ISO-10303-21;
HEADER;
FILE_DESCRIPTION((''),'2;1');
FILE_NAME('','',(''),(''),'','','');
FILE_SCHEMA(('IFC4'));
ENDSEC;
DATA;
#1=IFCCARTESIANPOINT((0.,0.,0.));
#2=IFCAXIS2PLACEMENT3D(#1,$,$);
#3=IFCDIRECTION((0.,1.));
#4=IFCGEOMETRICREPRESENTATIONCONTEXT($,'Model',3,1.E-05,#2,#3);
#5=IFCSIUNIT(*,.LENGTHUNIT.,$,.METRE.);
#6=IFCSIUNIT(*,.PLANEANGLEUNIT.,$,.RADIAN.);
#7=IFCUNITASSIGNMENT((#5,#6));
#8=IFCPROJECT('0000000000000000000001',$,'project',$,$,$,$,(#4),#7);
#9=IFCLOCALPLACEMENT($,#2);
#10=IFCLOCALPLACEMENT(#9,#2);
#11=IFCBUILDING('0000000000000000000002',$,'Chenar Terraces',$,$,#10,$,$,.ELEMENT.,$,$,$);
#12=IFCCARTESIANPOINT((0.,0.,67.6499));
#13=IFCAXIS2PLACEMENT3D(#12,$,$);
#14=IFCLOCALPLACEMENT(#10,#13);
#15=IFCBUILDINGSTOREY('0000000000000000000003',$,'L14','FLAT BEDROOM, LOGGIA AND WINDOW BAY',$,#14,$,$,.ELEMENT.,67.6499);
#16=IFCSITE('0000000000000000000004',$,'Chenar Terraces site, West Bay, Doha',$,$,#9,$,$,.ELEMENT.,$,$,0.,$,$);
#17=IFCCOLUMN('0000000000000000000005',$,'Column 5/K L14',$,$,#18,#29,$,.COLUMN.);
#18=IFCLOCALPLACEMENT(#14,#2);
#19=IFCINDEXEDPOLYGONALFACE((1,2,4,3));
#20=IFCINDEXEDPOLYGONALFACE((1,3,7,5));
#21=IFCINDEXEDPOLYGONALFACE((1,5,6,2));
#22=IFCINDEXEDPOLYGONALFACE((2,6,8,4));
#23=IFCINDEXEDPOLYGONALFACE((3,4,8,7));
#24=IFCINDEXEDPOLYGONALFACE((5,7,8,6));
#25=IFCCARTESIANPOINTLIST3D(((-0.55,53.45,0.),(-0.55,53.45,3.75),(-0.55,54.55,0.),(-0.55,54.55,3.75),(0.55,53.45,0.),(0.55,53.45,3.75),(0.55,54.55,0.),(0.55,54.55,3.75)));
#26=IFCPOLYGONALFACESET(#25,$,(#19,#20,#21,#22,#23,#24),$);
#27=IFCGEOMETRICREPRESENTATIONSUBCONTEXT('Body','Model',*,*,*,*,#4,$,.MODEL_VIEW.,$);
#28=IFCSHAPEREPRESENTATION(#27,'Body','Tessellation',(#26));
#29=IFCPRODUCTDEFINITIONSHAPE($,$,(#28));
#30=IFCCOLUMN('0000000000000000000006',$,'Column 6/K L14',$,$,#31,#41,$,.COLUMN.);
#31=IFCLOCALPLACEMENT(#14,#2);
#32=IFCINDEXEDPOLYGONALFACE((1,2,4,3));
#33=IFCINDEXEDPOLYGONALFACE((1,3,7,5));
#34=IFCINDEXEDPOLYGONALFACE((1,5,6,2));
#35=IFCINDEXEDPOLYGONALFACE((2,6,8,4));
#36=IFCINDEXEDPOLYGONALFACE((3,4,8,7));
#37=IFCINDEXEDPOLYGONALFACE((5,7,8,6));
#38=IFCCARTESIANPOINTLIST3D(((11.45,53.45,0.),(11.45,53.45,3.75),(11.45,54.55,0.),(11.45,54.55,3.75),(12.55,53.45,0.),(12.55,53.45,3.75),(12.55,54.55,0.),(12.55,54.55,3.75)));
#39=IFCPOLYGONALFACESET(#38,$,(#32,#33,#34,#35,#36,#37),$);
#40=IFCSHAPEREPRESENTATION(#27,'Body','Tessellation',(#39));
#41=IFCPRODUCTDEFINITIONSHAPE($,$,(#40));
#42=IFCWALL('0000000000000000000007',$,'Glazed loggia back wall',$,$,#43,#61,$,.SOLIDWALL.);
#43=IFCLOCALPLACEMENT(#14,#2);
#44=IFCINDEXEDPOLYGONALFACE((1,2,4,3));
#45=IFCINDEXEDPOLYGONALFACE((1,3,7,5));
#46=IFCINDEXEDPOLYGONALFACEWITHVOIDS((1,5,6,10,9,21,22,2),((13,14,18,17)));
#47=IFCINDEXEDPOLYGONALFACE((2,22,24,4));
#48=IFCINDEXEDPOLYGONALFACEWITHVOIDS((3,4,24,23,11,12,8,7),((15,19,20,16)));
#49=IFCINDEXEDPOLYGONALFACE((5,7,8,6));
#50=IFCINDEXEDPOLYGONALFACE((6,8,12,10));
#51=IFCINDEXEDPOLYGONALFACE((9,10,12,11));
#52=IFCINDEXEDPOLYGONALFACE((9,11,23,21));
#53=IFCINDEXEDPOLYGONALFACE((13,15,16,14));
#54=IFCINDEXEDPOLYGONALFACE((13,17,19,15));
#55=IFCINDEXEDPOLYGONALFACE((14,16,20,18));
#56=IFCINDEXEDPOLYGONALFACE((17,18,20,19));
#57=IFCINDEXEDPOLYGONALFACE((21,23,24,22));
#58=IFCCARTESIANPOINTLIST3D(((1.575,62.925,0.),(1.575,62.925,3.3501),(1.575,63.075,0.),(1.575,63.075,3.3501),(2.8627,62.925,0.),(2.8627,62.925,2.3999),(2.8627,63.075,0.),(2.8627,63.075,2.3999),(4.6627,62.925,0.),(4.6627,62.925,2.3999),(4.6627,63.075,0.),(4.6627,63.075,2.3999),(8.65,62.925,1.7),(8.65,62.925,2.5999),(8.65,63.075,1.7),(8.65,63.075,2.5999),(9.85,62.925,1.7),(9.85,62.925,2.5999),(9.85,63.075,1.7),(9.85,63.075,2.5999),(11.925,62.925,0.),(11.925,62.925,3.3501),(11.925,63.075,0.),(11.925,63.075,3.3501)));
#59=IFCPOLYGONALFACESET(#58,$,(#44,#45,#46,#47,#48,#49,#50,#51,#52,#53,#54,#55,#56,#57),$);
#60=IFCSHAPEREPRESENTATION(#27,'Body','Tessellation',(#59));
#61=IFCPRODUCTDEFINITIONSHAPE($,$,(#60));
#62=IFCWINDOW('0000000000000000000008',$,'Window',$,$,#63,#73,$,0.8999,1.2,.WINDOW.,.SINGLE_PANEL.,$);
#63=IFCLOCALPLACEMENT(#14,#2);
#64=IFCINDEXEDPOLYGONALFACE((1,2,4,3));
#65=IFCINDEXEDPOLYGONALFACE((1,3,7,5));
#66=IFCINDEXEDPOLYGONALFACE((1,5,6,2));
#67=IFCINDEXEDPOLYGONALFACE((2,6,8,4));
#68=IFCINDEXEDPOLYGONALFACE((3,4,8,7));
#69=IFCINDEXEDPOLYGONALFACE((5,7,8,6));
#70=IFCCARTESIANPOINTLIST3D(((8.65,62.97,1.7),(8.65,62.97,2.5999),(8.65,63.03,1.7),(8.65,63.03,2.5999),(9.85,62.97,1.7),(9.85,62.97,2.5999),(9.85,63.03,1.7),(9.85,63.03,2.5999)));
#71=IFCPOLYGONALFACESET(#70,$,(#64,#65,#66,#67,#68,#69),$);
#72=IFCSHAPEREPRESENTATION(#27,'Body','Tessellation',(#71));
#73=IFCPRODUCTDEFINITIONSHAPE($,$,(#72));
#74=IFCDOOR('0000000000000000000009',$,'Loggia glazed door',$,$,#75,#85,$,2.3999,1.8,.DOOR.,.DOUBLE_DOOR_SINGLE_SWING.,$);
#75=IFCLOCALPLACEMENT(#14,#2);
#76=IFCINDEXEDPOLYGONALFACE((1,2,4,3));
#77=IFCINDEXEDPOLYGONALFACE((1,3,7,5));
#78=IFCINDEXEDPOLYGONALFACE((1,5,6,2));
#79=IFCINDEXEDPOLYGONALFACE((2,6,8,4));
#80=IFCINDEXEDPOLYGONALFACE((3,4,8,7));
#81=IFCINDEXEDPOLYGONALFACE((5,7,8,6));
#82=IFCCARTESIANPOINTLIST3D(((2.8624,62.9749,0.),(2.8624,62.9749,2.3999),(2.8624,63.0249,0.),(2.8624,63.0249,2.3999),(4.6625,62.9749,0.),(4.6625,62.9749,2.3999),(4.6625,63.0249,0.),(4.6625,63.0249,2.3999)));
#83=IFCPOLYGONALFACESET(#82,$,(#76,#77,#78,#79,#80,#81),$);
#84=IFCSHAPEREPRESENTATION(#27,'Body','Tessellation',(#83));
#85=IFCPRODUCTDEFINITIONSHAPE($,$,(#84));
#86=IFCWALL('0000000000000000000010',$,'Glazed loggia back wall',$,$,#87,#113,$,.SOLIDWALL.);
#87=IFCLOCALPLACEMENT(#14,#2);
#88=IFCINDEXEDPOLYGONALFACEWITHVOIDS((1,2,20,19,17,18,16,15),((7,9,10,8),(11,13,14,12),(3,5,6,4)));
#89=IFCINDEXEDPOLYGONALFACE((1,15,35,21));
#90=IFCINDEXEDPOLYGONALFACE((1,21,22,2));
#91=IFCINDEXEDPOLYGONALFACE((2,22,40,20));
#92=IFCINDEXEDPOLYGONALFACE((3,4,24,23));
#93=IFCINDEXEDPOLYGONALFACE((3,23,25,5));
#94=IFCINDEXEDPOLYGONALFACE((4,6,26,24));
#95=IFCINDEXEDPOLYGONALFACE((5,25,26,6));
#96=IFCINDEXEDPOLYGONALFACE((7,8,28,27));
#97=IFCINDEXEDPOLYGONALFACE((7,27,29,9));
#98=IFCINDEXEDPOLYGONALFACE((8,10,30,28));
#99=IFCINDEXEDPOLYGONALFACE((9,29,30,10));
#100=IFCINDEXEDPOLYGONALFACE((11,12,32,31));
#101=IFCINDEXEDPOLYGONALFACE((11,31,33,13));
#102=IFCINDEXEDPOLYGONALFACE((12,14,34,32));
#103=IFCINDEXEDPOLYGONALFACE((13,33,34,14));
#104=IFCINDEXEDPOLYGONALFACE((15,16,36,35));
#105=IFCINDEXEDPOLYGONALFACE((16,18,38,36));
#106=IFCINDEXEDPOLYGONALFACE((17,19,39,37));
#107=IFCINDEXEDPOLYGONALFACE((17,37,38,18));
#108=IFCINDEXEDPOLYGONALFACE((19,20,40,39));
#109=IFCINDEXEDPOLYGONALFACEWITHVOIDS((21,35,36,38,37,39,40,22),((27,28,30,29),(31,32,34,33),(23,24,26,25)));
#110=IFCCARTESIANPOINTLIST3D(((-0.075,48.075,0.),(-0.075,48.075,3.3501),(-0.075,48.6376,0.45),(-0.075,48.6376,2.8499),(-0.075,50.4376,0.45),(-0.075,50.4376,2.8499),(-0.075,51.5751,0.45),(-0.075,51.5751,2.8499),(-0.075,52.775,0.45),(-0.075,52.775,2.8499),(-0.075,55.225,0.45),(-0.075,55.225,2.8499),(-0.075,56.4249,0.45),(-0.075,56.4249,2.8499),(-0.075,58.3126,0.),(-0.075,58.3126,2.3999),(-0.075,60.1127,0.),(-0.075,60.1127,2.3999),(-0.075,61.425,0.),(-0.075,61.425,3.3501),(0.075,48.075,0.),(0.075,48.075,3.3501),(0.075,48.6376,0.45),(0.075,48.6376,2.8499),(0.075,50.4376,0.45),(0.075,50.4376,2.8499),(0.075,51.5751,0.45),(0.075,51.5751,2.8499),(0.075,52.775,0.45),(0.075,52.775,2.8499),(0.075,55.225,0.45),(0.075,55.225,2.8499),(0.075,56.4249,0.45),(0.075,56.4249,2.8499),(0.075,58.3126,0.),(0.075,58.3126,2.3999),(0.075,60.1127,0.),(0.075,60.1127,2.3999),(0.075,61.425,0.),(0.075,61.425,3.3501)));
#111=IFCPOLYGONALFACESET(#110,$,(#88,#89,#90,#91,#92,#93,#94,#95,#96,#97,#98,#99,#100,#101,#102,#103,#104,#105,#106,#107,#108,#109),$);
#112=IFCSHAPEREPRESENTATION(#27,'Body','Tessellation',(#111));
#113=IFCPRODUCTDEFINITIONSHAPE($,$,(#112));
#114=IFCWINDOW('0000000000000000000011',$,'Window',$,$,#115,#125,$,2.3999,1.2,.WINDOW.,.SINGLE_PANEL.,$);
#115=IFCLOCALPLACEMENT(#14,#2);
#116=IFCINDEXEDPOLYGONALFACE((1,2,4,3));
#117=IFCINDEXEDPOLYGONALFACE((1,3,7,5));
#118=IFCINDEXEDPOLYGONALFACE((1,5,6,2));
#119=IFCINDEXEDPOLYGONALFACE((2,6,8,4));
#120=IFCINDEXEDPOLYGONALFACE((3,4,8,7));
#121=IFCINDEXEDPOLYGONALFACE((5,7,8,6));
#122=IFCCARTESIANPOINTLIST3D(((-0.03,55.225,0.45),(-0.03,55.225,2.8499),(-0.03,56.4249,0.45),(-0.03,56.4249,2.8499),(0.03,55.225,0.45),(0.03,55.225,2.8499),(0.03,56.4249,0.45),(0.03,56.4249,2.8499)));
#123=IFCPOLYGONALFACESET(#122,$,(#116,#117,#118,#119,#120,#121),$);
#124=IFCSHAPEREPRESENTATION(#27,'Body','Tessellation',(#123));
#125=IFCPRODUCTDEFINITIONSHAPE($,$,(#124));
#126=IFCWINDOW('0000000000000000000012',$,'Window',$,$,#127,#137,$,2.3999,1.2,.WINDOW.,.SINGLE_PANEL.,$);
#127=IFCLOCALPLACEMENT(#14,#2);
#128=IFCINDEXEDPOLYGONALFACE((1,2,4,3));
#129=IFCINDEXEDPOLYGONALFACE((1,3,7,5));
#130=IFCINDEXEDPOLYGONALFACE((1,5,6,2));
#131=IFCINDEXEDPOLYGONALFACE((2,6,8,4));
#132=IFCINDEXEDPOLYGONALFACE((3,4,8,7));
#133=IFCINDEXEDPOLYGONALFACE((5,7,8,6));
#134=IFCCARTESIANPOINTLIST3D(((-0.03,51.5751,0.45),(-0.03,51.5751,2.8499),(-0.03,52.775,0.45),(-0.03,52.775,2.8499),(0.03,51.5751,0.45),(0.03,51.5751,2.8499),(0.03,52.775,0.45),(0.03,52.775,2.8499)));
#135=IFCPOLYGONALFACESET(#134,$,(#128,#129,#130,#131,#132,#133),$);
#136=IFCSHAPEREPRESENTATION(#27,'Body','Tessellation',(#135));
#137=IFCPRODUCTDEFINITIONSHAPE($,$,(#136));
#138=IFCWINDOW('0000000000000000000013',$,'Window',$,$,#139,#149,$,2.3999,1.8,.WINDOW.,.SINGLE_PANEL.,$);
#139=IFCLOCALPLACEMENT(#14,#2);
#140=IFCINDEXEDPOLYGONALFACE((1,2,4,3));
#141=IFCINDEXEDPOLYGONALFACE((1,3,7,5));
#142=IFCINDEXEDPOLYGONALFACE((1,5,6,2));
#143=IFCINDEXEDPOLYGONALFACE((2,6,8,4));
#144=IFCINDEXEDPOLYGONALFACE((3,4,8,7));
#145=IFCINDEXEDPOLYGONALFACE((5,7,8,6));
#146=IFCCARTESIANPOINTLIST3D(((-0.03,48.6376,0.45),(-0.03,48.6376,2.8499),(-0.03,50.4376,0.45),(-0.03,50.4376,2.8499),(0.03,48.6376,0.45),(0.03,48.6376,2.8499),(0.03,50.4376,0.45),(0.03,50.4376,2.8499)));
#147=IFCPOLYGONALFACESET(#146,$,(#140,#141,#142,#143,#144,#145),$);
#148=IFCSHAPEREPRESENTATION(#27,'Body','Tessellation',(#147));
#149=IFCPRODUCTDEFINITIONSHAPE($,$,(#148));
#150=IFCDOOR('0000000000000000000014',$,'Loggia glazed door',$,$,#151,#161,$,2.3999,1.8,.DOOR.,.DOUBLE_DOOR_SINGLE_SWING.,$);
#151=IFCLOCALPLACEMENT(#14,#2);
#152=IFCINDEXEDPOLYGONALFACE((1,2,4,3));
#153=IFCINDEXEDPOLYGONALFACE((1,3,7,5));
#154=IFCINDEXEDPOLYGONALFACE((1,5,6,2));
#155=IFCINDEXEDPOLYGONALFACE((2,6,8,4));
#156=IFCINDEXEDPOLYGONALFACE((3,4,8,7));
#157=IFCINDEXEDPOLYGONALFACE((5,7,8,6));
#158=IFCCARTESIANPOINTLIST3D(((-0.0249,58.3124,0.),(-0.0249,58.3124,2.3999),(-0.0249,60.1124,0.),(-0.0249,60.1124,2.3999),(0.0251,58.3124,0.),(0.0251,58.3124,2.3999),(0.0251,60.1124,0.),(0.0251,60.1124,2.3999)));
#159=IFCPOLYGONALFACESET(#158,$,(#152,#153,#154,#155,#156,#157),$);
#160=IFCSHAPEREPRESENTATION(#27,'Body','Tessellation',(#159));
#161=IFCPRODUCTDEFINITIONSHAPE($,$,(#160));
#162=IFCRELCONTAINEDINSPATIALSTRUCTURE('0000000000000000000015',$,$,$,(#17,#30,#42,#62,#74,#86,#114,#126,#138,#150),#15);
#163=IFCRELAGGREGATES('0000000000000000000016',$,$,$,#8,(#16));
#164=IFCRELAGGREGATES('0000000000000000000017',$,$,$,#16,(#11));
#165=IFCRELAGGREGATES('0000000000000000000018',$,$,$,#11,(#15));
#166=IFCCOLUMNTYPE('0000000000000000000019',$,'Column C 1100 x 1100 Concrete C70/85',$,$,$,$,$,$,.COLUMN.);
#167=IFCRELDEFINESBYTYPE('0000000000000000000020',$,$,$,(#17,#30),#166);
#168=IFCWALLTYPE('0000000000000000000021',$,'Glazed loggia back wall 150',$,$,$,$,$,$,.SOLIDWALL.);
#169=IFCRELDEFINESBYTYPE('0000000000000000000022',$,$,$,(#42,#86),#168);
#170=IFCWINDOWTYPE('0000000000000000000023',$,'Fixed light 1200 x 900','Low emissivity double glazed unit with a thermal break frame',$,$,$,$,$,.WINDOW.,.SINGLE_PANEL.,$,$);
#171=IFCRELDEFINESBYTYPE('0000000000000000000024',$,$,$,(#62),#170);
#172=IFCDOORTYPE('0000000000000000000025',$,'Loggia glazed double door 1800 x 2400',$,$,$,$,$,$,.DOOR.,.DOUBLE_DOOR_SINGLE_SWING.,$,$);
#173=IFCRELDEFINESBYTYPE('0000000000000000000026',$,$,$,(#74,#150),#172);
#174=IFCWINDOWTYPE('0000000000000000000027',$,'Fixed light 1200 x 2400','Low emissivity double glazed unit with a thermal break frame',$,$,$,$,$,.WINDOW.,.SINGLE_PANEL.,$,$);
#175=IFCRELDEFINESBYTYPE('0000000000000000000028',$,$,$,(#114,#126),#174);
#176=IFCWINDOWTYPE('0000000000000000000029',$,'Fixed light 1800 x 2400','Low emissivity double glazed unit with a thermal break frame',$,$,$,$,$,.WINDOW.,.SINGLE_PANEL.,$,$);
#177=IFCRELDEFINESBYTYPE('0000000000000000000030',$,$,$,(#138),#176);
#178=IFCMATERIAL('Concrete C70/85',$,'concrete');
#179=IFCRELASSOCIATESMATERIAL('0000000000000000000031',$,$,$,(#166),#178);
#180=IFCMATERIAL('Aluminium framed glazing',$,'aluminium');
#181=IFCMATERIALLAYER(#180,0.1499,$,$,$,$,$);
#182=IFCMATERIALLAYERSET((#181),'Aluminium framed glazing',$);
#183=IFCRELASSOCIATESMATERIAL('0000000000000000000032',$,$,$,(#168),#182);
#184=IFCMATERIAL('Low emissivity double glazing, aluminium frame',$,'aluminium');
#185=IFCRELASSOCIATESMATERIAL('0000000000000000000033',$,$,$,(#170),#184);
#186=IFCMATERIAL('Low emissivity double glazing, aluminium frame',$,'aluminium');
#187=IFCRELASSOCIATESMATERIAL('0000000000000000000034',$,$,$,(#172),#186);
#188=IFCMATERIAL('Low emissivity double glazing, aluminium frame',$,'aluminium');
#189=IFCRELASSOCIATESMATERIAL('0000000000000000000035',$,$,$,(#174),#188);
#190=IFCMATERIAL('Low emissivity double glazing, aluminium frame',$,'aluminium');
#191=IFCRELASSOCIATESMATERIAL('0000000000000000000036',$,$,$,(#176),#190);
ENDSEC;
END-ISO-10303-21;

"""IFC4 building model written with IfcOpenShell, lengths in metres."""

from ifc_helpers import new_model, si_unit, direction, frame, frame_2d, origin, origin_2d, place, context, subcontext, project, spatial, rectangle, extrude, material, layer, layer_set, material_profile, profile_set, type_object, element, fill, save


model = new_model("IFC4")

# Units and contexts
model_context = context("Model", 3, precision=1e-05, world=origin(), true_north=direction((0.0, 1.0)))
body_context = subcontext(model_context, "Body", "Model", "MODEL_VIEW")
ifc_project = project(units=[si_unit("LENGTHUNIT", "METRE"), si_unit("PLANEANGLEUNIT", "RADIAN")], contexts=[model_context])

# Site, building, storey
site_placement = place(None, origin())
site = spatial("IfcSite", under=ifc_project, at=site_placement, Name="Chenar Terraces site, West Bay, Doha", CompositionType="ELEMENT", RefElevation=0.0)
building_placement = place(site_placement, origin())
building = spatial("IfcBuilding", under=site, at=building_placement, Name="Chenar Terraces", CompositionType="ELEMENT")
storey_placement = place(building_placement, frame((0.0, 0.0, 67.6499)))
storey = spatial("IfcBuildingStorey", under=building, at=storey_placement, Name="L14", Description="FLAT BEDROOM, LOGGIA AND WINDOW BAY", CompositionType="ELEMENT", Elevation=67.6499)

# Columns
ifc_material_1 = material(Name="Concrete C70/85", Category="concrete")
ifc_material_profile = material_profile(ifc_material_1, rectangle(XDim=1.1001, YDim=1.1001, at=origin_2d()), Name="C 1100 x 1100")
ifc_profile_set = profile_set([ifc_material_profile], Name="Concrete C70/85")
column_type = type_object("IfcColumnType", Name="Column C 1100 x 1100 Concrete C70/85", PredefinedType="COLUMN", material=ifc_profile_set)
for number, where, z_axis, x_axis, name in (
    (1, (0.0, 54.0, 0.0), (0.0, 0.0, 1.0), (1.0, 0.0, 0.0), "Column 5/K L14"),
    (2, (12.0, 54.0, 0.0), (0.0, 0.0, 1.0), (1.0, 0.0, 0.0), "Column 6/K L14"),
):
    element("IfcColumn", number, at=place(storey_placement, frame(where, z_axis=z_axis, x_axis=x_axis)), inside=storey, type_object=column_type, Name=name, PredefinedType="COLUMN", context=body_context, shape_type="SweptSolid", body=[
        extrude(rectangle(XDim=1.1001, YDim=1.1001, at=origin_2d()), origin(), (0.0, 0.0, 1.0), 3.75),
    ])

# Wall, openings, window, door
ifc_material_2 = material(Name="Aluminium framed glazing", Category="aluminium")
ifc_layer_1 = layer(ifc_material_2, 0.1499)
ifc_layer_set_1 = layer_set([ifc_layer_1], Name="Aluminium framed glazing")
wall_type_1 = type_object("IfcWallType", Name="Glazed loggia back wall 150", PredefinedType="SOLIDWALL", material=ifc_layer_set_1)
wall_1_placement = place(storey_placement, frame((11.925, 63.0, 0.0), z_axis=(0.0, 0.0, 1.0), x_axis=(-1.0, 0.0, 0.0)))
wall_1 = element("IfcWall", 3, at=wall_1_placement, inside=storey, type_object=wall_type_1, Name="Glazed loggia back wall", PredefinedType="SOLIDWALL", context=body_context, shape_type="SweptSolid", body=[
    extrude(rectangle(XDim=10.3501, YDim=0.1499, at=frame_2d((5.175, 0.0))), origin(), (0.0, 0.0, 1.0), 3.3501),
])
opening_1_placement = place(wall_1_placement, frame((2.075, 0.0, 1.7)))
opening_1 = element("IfcOpeningElement", 4, at=opening_1_placement, cuts=wall_1, PredefinedType="OPENING", context=body_context, shape_type="SweptSolid", body=[
    extrude(rectangle(XDim=1.2, YDim=0.8999, at=frame_2d((0.6001, 0.45))), frame((0.0, 0.085, 0.0), z_axis=(0.0, -1.0, 0.0), x_axis=(1.0, 0.0, 0.0)), (0.0, 0.0, 1.0), 0.1699),
])
opening_2_placement = place(wall_1_placement, frame((7.2625, 0.0, 0.0)))
opening_2 = element("IfcOpeningElement", 5, at=opening_2_placement, cuts=wall_1, PredefinedType="OPENING", context=body_context, shape_type="SweptSolid", body=[
    extrude(rectangle(XDim=1.8, YDim=2.3999, at=frame_2d((0.8999, 1.2))), frame((0.0, 0.085, 0.0), z_axis=(0.0, -1.0, 0.0), x_axis=(1.0, 0.0, 0.0)), (0.0, 0.0, 1.0), 0.1699),
])
ifc_material_3 = material(Name="Low emissivity double glazing, aluminium frame", Category="aluminium")
window_type_1 = type_object("IfcWindowType", Name="Fixed light 1200 x 900", Description="Low emissivity double glazed unit with a thermal break frame", PartitioningType="SINGLE_PANEL", PredefinedType="WINDOW", material=ifc_material_3)
window_1_placement = place(opening_1_placement, origin())
window_1 = element("IfcWindow", 6, at=window_1_placement, inside=storey, type_object=window_type_1, Name="Window", OverallHeight=0.8999, OverallWidth=1.2, PartitioningType="SINGLE_PANEL", PredefinedType="WINDOW", context=body_context, shape_type="SweptSolid", body=[
    extrude(rectangle(XDim=1.2, YDim=0.8999, at=frame_2d((0.6001, 0.45))), frame((0.0, 0.03, 0.0), z_axis=(0.0, -1.0, 0.0), x_axis=(1.0, 0.0, 0.0)), (0.0, 0.0, 1.0), 0.0601),
])
fill(opening_1, window_1)
ifc_material_4 = material(Name="Low emissivity double glazing, aluminium frame", Category="aluminium")
door_type_1 = type_object("IfcDoorType", Name="Loggia glazed double door 1800 x 2400", OperationType="DOUBLE_DOOR_SINGLE_SWING", PredefinedType="DOOR", material=ifc_material_4)
door_1_placement = place(opening_2_placement, frame((1.8, 0.0, 0.0), z_axis=(0.0, 0.0, 1.0), x_axis=(-1.0, 0.0, 0.0)))
door_1 = element("IfcDoor", 7, at=door_1_placement, inside=storey, type_object=door_type_1, Name="Loggia glazed door", OperationType="DOUBLE_DOOR_SINGLE_SWING", OverallHeight=2.3999, OverallWidth=1.8, PredefinedType="DOOR", context=body_context, shape_type="SweptSolid", body=[
    extrude(rectangle(XDim=1.8, YDim=2.3999, at=frame_2d((0.8999, 1.2))), frame((0.0, 0.0249, 0.0), z_axis=(0.0, -1.0, 0.0), x_axis=(1.0, 0.0, 0.0)), (0.0, 0.0, 1.0), 0.05),
])
fill(opening_2, door_1)

# Wall, openings, windows, door
wall_2_placement = place(storey_placement, frame((0.0, 61.425, 0.0), z_axis=(0.0, 0.0, 1.0), x_axis=(0.0, -1.0, 0.0)))
wall_2 = element("IfcWall", 8, at=wall_2_placement, inside=storey, type_object=wall_type_1, Name="Glazed loggia back wall", PredefinedType="SOLIDWALL", context=body_context, shape_type="SweptSolid", body=[
    extrude(rectangle(XDim=13.3501, YDim=0.1499, at=frame_2d((6.675, 0.0))), origin(), (0.0, 0.0, 1.0), 3.3501),
])
opening_3_placement = place(wall_2_placement, frame((1.3125, 0.0, 0.0)))
opening_3 = element("IfcOpeningElement", 9, at=opening_3_placement, cuts=wall_2, PredefinedType="OPENING", context=body_context, shape_type="SweptSolid", body=[
    extrude(rectangle(XDim=1.8, YDim=2.3999, at=frame_2d((0.8999, 1.2))), frame((0.0, 0.085, 0.0), z_axis=(0.0, -1.0, 0.0), x_axis=(1.0, 0.0, 0.0)), (0.0, 0.0, 1.0), 0.1699),
])
opening_4_placement = place(wall_2_placement, frame((5.0, 0.0, 0.45)))
opening_4 = element("IfcOpeningElement", 10, at=opening_4_placement, cuts=wall_2, PredefinedType="OPENING", context=body_context, shape_type="SweptSolid", body=[
    extrude(rectangle(XDim=1.2, YDim=2.3999, at=frame_2d((0.6001, 1.2))), frame((0.0, 0.085, 0.0), z_axis=(0.0, -1.0, 0.0), x_axis=(1.0, 0.0, 0.0)), (0.0, 0.0, 1.0), 0.1699),
])
opening_5_placement = place(wall_2_placement, frame((8.6499, 0.0, 0.45)))
opening_5 = element("IfcOpeningElement", 11, at=opening_5_placement, cuts=wall_2, PredefinedType="OPENING", context=body_context, shape_type="SweptSolid", body=[
    extrude(rectangle(XDim=1.2, YDim=2.3999, at=frame_2d((0.6001, 1.2))), frame((0.0, 0.085, 0.0), z_axis=(0.0, -1.0, 0.0), x_axis=(1.0, 0.0, 0.0)), (0.0, 0.0, 1.0), 0.1699),
])
opening_6_placement = place(wall_2_placement, frame((10.9875, 0.0, 0.45)))
opening_6 = element("IfcOpeningElement", 12, at=opening_6_placement, cuts=wall_2, PredefinedType="OPENING", context=body_context, shape_type="SweptSolid", body=[
    extrude(rectangle(XDim=1.8, YDim=2.3999, at=frame_2d((0.8999, 1.2))), frame((0.0, 0.085, 0.0), z_axis=(0.0, -1.0, 0.0), x_axis=(1.0, 0.0, 0.0)), (0.0, 0.0, 1.0), 0.1699),
])
ifc_material_5 = material(Name="Low emissivity double glazing, aluminium frame", Category="aluminium")
window_type_2 = type_object("IfcWindowType", Name="Fixed light 1200 x 2400", Description="Low emissivity double glazed unit with a thermal break frame", PartitioningType="SINGLE_PANEL", PredefinedType="WINDOW", material=ifc_material_5)
window_2_placement = place(opening_4_placement, origin())
window_2 = element("IfcWindow", 13, at=window_2_placement, inside=storey, type_object=window_type_2, Name="Window", OverallHeight=2.3999, OverallWidth=1.2, PartitioningType="SINGLE_PANEL", PredefinedType="WINDOW", context=body_context, shape_type="SweptSolid", body=[
    extrude(rectangle(XDim=1.2, YDim=2.3999, at=frame_2d((0.6001, 1.2))), frame((0.0, 0.03, 0.0), z_axis=(0.0, -1.0, 0.0), x_axis=(1.0, 0.0, 0.0)), (0.0, 0.0, 1.0), 0.0601),
])
fill(opening_4, window_2)
window_3_placement = place(opening_5_placement, origin())
window_3 = element("IfcWindow", 14, at=window_3_placement, inside=storey, type_object=window_type_2, Name="Window", OverallHeight=2.3999, OverallWidth=1.2, PartitioningType="SINGLE_PANEL", PredefinedType="WINDOW", context=body_context, shape_type="SweptSolid", body=[
    extrude(rectangle(XDim=1.2, YDim=2.3999, at=frame_2d((0.6001, 1.2))), frame((0.0, 0.03, 0.0), z_axis=(0.0, -1.0, 0.0), x_axis=(1.0, 0.0, 0.0)), (0.0, 0.0, 1.0), 0.0601),
])
fill(opening_5, window_3)
ifc_material_6 = material(Name="Low emissivity double glazing, aluminium frame", Category="aluminium")
window_type_3 = type_object("IfcWindowType", Name="Fixed light 1800 x 2400", Description="Low emissivity double glazed unit with a thermal break frame", PartitioningType="SINGLE_PANEL", PredefinedType="WINDOW", material=ifc_material_6)
window_4_placement = place(opening_6_placement, origin())
window_4 = element("IfcWindow", 15, at=window_4_placement, inside=storey, type_object=window_type_3, Name="Window", OverallHeight=2.3999, OverallWidth=1.8, PartitioningType="SINGLE_PANEL", PredefinedType="WINDOW", context=body_context, shape_type="SweptSolid", body=[
    extrude(rectangle(XDim=1.8, YDim=2.3999, at=frame_2d((0.8999, 1.2))), frame((0.0, 0.03, 0.0), z_axis=(0.0, -1.0, 0.0), x_axis=(1.0, 0.0, 0.0)), (0.0, 0.0, 1.0), 0.0601),
])
fill(opening_6, window_4)
door_2_placement = place(opening_3_placement, frame((1.8, 0.0, 0.0), z_axis=(0.0, 0.0, 1.0), x_axis=(-1.0, 0.0, 0.0)))
door_2 = element("IfcDoor", 16, at=door_2_placement, inside=storey, type_object=door_type_1, Name="Loggia glazed door", OperationType="DOUBLE_DOOR_SINGLE_SWING", OverallHeight=2.3999, OverallWidth=1.8, PredefinedType="DOOR", context=body_context, shape_type="SweptSolid", body=[
    extrude(rectangle(XDim=1.8, YDim=2.3999, at=frame_2d((0.8999, 1.2))), frame((0.0, 0.0249, 0.0), z_axis=(0.0, -1.0, 0.0), x_axis=(1.0, 0.0, 0.0)), (0.0, 0.0, 1.0), 0.05),
])
fill(opening_3, door_2)

save(model, "model.ifc")
